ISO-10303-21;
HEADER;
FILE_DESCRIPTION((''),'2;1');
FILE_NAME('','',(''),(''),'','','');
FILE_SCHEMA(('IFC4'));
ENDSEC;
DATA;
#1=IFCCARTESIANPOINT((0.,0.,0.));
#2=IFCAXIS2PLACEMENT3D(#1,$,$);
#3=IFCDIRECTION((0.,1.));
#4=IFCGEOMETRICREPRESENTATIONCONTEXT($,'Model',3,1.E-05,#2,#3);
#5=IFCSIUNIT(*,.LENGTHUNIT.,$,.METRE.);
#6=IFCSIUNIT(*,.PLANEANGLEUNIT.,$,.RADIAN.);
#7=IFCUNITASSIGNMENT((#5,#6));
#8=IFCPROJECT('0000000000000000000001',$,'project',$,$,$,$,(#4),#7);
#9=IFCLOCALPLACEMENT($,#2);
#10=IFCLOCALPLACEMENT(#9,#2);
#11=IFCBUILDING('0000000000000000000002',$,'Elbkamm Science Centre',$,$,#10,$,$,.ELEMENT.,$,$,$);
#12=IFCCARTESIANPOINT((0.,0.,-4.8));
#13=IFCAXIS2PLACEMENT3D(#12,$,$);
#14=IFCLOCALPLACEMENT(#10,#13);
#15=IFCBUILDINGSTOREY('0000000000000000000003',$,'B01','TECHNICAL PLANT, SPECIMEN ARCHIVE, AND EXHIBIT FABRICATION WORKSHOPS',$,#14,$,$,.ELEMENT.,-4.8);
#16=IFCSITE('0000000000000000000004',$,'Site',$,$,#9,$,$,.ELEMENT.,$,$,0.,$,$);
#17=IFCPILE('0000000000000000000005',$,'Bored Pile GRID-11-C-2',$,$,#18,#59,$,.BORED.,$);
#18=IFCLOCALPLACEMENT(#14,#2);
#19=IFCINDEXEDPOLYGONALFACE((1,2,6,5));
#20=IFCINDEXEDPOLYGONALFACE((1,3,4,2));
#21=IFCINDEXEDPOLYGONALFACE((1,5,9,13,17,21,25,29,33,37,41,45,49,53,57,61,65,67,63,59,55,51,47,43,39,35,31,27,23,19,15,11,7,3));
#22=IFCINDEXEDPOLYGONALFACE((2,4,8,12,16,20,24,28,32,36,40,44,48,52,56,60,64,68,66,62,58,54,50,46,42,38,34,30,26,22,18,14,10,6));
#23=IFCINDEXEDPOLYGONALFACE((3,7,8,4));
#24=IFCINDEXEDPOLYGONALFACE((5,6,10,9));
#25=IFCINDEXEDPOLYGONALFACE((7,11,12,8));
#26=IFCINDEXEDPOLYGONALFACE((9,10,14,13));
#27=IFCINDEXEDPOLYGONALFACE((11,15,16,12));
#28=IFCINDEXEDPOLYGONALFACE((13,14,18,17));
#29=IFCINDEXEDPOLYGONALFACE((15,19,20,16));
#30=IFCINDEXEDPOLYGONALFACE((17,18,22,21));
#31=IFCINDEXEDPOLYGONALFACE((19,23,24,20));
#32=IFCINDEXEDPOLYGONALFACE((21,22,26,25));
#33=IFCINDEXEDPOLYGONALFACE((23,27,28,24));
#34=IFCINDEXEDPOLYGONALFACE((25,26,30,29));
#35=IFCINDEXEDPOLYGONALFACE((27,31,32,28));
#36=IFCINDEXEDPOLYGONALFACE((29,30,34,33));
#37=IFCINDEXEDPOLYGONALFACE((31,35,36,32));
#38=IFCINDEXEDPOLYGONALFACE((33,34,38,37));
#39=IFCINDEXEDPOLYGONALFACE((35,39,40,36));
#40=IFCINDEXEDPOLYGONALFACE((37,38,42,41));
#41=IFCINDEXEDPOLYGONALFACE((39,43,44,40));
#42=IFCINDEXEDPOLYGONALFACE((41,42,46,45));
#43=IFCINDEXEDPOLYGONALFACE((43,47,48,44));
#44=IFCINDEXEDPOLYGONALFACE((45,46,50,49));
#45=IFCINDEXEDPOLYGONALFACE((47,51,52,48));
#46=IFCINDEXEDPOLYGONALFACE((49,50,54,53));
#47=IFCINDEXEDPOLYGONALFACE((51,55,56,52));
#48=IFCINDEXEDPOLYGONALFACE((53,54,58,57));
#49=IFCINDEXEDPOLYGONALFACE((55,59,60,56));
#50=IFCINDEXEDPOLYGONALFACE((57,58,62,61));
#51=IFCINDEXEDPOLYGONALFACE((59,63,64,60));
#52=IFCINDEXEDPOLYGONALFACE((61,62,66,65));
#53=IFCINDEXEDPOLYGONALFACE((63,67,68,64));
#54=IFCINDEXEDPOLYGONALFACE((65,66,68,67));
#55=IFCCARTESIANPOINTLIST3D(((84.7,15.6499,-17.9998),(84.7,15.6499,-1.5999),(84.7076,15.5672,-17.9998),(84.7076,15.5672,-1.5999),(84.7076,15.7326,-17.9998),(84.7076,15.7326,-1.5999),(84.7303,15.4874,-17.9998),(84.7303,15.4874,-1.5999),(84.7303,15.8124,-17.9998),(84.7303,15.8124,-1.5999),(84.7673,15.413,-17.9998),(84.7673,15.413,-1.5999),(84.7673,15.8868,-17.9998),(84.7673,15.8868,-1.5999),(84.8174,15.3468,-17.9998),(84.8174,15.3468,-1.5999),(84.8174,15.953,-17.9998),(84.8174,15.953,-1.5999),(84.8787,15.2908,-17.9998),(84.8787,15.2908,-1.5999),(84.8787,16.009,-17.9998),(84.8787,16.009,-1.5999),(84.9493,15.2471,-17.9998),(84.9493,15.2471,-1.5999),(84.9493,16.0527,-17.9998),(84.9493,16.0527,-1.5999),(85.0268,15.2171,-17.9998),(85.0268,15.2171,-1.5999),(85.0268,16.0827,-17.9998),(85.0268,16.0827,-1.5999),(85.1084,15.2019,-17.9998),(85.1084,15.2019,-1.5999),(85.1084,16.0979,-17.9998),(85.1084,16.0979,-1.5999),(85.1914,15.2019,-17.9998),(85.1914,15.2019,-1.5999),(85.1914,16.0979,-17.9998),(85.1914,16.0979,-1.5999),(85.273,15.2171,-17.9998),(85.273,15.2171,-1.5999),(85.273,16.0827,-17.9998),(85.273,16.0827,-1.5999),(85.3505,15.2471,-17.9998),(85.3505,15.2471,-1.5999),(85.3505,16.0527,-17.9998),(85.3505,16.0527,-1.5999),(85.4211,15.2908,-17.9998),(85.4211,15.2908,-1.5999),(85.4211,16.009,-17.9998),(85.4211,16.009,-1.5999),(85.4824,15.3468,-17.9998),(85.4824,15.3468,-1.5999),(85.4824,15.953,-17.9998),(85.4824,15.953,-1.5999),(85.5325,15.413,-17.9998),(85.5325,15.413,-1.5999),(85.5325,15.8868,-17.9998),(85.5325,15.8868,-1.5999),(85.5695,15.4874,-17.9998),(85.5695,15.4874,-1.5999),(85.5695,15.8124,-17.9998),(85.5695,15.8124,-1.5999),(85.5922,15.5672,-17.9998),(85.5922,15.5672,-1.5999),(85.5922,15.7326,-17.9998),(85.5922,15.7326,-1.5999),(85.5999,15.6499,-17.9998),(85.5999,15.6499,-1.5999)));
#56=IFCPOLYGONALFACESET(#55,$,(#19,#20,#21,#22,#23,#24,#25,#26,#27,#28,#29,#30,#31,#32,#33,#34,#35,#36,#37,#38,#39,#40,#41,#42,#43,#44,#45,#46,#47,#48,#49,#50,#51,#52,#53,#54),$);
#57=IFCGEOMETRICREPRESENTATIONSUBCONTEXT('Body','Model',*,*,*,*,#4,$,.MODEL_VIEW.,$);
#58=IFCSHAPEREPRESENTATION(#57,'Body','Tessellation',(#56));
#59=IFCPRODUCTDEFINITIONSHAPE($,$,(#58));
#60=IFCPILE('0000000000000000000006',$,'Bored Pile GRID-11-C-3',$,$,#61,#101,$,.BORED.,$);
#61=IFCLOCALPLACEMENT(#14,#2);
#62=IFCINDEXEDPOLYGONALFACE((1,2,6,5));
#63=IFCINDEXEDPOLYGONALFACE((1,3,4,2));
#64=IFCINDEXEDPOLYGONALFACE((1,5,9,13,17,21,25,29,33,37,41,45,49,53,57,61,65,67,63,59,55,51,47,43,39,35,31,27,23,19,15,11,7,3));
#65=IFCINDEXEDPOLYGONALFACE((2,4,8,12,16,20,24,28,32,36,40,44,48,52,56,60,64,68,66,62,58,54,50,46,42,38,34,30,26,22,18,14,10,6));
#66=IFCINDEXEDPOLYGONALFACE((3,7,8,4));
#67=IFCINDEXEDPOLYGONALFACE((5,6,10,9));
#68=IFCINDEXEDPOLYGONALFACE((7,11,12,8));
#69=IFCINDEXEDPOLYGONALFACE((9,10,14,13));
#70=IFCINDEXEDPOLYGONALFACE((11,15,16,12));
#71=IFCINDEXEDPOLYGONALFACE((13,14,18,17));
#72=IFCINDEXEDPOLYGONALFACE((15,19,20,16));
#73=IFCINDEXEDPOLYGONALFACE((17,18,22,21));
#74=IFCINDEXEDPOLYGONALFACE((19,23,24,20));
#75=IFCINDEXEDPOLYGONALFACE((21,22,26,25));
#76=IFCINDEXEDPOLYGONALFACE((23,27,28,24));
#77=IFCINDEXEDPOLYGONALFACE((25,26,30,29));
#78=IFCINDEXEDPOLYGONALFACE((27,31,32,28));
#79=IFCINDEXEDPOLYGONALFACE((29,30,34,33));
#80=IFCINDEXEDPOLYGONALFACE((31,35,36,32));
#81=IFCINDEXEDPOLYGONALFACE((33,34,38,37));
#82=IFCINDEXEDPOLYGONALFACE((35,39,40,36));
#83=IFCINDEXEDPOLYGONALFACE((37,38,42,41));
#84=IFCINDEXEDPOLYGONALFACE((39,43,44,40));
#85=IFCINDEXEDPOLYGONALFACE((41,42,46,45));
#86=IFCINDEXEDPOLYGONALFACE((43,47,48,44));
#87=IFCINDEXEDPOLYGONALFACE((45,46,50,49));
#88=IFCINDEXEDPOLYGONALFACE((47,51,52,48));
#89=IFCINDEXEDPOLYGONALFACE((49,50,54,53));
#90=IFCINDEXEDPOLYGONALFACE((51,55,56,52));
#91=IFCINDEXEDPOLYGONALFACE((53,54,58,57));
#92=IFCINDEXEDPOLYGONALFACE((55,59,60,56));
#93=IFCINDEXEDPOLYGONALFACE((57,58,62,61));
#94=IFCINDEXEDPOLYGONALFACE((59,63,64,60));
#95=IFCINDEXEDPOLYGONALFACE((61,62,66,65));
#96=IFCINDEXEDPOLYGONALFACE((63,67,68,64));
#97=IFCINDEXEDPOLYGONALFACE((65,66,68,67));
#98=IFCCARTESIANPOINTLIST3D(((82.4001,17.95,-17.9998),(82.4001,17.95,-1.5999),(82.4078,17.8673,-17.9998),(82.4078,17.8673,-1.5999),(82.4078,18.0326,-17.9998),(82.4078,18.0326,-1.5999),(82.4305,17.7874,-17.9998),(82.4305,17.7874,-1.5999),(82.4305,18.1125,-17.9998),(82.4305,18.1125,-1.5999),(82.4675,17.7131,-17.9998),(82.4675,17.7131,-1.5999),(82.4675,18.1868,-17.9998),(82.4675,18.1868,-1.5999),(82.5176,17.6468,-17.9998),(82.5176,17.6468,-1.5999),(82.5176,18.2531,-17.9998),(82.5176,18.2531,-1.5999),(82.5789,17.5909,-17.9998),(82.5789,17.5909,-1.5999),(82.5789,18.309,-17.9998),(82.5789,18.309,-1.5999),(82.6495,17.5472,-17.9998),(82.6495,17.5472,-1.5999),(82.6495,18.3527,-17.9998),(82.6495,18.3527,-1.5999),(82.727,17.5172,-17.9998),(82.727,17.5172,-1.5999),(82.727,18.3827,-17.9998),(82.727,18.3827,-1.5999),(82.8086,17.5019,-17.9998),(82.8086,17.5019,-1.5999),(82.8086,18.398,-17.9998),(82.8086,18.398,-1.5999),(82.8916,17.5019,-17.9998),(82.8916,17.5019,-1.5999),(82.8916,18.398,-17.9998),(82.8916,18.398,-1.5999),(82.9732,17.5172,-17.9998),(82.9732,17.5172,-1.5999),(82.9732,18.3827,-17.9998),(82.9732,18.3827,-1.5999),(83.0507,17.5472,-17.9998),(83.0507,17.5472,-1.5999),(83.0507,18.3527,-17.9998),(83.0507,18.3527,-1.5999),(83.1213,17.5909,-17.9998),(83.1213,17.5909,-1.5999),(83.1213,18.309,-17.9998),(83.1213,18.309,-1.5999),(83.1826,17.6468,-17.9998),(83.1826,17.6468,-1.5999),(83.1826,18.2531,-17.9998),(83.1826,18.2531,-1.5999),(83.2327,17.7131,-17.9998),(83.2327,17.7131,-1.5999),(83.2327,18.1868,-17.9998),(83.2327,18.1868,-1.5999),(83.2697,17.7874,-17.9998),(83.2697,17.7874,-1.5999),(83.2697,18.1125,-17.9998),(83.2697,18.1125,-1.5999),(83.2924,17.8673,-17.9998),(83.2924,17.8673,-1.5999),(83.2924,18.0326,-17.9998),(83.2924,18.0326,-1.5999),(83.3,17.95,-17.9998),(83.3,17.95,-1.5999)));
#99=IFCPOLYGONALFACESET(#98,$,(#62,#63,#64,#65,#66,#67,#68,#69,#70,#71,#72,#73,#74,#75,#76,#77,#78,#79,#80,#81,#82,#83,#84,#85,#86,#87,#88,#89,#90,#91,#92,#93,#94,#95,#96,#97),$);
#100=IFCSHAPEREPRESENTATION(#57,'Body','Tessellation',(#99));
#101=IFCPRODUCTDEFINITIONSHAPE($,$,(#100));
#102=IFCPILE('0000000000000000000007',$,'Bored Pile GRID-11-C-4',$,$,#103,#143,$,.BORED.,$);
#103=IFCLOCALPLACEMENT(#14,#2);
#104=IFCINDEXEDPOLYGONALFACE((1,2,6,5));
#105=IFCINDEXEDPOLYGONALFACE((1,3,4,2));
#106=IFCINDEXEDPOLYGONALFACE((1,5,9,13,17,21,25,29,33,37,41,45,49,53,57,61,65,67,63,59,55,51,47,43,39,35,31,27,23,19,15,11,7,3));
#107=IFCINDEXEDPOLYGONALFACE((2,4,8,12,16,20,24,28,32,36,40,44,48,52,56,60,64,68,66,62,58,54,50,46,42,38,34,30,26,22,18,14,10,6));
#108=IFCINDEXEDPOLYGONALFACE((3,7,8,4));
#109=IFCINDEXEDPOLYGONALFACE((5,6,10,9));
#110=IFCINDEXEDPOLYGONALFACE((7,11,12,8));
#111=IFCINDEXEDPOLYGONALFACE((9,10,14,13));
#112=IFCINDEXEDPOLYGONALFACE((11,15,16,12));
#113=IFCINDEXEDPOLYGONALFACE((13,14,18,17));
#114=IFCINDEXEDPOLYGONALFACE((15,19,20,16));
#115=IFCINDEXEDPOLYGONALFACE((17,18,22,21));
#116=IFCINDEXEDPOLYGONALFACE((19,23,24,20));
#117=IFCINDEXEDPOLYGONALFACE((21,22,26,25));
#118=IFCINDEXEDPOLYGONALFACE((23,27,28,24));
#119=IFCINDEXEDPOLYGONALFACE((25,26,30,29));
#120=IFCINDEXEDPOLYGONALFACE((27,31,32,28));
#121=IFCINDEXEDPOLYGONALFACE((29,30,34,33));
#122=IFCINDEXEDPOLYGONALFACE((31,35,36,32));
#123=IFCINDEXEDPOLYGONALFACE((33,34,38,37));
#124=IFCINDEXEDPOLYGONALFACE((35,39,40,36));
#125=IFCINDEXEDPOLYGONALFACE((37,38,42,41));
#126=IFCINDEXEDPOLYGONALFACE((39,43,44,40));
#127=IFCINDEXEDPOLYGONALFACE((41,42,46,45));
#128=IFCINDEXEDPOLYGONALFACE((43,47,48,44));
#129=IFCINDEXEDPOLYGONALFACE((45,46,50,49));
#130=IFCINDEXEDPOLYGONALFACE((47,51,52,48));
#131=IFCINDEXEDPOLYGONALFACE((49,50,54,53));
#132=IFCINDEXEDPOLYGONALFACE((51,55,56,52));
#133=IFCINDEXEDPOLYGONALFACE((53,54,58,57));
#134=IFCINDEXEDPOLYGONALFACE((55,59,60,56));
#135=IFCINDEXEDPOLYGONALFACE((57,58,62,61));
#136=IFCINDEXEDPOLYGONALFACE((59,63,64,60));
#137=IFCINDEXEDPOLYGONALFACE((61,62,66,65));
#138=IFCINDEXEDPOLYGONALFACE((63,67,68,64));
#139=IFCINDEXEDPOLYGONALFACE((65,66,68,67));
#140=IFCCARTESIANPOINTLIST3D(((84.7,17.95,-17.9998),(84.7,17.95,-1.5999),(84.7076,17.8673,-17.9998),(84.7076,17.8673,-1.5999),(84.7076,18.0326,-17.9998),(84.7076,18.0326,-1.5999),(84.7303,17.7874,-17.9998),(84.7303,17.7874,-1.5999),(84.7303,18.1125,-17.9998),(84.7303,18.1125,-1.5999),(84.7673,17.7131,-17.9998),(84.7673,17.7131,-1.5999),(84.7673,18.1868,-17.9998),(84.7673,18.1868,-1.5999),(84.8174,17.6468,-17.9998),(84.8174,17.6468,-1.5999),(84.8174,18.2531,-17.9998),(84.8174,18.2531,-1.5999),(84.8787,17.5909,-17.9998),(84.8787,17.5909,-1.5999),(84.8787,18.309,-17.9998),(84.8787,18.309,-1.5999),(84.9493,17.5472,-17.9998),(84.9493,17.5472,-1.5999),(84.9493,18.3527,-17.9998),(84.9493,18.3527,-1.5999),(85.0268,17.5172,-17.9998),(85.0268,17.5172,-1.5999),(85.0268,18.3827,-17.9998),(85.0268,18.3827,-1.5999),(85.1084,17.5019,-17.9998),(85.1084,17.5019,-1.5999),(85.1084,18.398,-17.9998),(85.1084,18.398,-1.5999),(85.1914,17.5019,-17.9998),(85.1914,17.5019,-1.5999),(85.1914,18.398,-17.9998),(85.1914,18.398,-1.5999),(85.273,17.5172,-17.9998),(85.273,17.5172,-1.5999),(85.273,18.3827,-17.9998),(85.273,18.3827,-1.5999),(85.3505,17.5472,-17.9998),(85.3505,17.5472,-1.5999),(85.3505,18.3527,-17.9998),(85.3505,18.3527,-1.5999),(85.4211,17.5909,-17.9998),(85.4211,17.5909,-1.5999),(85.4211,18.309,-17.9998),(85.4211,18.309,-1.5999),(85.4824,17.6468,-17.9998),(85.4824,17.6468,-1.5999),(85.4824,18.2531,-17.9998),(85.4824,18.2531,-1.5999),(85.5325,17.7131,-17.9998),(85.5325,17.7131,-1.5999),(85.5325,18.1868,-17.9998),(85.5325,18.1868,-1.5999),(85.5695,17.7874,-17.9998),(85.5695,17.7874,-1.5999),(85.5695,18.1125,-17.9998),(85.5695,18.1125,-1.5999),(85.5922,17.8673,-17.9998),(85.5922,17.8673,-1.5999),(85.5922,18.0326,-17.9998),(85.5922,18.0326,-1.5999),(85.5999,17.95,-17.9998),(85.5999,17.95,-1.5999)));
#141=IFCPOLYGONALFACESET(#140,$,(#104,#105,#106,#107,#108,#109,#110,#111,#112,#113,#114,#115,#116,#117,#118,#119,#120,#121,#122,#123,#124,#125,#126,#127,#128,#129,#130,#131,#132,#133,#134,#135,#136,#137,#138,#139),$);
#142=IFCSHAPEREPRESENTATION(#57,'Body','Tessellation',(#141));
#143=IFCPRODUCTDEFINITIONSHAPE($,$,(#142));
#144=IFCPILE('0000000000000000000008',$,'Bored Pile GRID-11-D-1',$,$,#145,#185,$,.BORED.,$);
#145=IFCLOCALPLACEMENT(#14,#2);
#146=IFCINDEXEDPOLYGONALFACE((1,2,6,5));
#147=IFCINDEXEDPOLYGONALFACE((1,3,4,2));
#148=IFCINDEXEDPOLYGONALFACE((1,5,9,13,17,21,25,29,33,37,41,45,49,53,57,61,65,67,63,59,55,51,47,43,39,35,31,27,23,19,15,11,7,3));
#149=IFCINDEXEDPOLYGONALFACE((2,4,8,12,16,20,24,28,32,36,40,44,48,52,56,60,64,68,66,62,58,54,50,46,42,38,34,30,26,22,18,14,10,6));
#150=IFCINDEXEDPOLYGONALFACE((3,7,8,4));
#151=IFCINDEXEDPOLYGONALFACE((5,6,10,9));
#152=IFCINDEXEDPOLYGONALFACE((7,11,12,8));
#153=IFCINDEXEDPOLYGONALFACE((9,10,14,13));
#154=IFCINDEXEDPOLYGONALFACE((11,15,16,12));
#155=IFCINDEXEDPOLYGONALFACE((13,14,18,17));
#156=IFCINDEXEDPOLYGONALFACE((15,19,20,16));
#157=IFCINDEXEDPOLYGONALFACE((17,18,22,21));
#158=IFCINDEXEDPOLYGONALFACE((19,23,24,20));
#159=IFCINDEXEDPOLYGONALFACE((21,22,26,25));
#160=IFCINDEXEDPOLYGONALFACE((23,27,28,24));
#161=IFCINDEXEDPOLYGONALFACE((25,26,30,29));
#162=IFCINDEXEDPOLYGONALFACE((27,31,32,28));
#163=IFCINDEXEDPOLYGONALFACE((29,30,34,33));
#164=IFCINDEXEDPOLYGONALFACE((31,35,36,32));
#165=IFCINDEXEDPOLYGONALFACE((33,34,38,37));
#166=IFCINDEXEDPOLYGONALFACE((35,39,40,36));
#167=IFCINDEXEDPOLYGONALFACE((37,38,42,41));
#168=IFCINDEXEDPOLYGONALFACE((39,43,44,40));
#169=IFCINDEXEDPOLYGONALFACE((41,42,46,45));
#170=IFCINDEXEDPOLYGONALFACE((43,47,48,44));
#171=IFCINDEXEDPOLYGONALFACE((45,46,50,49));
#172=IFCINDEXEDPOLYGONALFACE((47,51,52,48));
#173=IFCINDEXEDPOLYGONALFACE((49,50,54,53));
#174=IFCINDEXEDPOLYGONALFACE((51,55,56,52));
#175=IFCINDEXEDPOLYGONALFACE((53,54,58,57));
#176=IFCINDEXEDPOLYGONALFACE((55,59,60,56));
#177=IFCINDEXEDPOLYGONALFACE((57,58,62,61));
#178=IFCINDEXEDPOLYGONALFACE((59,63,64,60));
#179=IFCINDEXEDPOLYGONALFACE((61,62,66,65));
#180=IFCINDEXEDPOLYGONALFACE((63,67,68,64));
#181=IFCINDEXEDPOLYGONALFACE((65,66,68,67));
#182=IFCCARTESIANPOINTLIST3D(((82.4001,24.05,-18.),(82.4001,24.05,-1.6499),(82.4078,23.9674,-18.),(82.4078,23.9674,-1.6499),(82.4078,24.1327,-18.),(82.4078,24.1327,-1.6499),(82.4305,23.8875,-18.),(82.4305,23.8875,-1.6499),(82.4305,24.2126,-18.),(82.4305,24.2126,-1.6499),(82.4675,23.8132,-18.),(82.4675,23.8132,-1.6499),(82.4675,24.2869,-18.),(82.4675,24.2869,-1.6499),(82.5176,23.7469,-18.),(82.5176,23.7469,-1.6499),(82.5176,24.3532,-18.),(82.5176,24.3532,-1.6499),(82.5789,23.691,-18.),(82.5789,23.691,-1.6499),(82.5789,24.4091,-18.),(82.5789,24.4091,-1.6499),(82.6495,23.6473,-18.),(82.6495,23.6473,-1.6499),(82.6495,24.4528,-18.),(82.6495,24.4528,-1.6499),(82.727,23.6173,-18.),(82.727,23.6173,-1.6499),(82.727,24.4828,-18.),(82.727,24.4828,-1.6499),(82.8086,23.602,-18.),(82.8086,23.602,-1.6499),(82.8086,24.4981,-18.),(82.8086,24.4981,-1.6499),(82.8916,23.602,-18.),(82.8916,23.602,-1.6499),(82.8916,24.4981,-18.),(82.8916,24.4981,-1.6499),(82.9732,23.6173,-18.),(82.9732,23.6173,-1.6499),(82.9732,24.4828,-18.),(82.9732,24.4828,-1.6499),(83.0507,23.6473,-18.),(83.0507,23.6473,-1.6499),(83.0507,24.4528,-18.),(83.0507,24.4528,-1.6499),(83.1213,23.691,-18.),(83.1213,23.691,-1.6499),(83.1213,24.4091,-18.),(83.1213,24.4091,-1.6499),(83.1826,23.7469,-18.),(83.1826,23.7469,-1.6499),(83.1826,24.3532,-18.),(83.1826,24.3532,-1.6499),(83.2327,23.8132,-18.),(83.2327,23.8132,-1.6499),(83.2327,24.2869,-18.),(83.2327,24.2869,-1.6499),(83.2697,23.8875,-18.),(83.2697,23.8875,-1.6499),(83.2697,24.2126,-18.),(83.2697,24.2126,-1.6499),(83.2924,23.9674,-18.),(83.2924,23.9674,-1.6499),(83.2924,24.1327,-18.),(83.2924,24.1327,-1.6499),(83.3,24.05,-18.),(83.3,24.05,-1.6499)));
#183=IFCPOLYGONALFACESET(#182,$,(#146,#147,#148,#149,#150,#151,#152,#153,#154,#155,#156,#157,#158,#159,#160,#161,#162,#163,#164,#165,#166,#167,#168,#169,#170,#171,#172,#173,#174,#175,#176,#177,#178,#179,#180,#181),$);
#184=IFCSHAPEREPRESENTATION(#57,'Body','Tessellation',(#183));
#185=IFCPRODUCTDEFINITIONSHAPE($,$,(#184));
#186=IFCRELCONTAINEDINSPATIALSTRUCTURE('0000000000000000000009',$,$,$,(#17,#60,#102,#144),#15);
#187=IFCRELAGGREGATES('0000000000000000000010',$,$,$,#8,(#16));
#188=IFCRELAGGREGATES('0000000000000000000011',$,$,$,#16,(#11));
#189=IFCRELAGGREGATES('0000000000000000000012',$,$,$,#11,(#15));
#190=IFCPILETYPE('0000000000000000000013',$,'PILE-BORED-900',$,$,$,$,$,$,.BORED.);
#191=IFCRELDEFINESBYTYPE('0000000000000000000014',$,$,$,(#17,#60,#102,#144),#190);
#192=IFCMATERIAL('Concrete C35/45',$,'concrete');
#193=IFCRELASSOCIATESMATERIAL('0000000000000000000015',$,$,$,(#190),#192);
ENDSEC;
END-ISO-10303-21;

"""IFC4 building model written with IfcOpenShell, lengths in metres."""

from ifc_helpers import new_model, si_unit, direction, frame, origin, origin_2d, place, context, subcontext, project, spatial, circle, extrude, material, material_profile, profile_set, type_object, element, save


model = new_model("IFC4")

# Units and contexts
model_context = context("Model", 3, precision=1e-05, world=origin(), true_north=direction((0.0, 1.0)))
body_context = subcontext(model_context, "Body", "Model", "MODEL_VIEW")
ifc_project = project(units=[si_unit("LENGTHUNIT", "METRE"), si_unit("PLANEANGLEUNIT", "RADIAN")], contexts=[model_context])

# Site, building, storey
site_placement = place(None, origin())
site = spatial("IfcSite", under=ifc_project, at=site_placement, Name="Site", CompositionType="ELEMENT", RefElevation=0.0)
building_placement = place(site_placement, origin())
building = spatial("IfcBuilding", under=site, at=building_placement, Name="Elbkamm Science Centre", CompositionType="ELEMENT")
storey_placement = place(building_placement, frame((0.0, 0.0, -4.8)))
storey = spatial("IfcBuildingStorey", under=building, at=storey_placement, Name="B01", Description="TECHNICAL PLANT, SPECIMEN ARCHIVE, AND EXHIBIT FABRICATION WORKSHOPS", CompositionType="ELEMENT", Elevation=-4.8)

# Shared definitions
ifc_material_1 = material(Name="Concrete C35/45", Category="concrete")

# Piles
ifc_material_profile_1 = material_profile(ifc_material_1, circle(Radius=0.45, at=origin_2d()), Name="PILE D900")
ifc_profile_set_1 = profile_set([ifc_material_profile_1], Name="Concrete C35/45")
pile_type = type_object("IfcPileType", Name="PILE-BORED-900", PredefinedType="BORED", material=ifc_profile_set_1)
for number, where, z_axis, x_axis, name in (
    (1, (85.1499, 15.6499, -1.5999), (0.0, 0.0, -1.0), (1.0, 0.0, 0.0), "Bored Pile GRID-11-C-2"),
    (2, (82.8501, 17.95, -1.5999), (0.0, 0.0, -1.0), (1.0, 0.0, 0.0), "Bored Pile GRID-11-C-3"),
    (3, (85.1499, 17.95, -1.5999), (0.0, 0.0, -1.0), (1.0, 0.0, 0.0), "Bored Pile GRID-11-C-4"),
):
    element("IfcPile", number, at=place(storey_placement, frame(where, z_axis=z_axis, x_axis=x_axis)), inside=storey, type_object=pile_type, Name=name, PredefinedType="BORED", context=body_context, shape_type="SweptSolid", body=[
        extrude(circle(Radius=0.45, at=origin_2d()), origin(), (0.0, 0.0, 1.0), 16.3999),
    ])
for number, where, z_axis, x_axis, name in (
    (4, (82.8501, 24.05, -1.6499), (0.0, 0.0, -1.0), (1.0, 0.0, 0.0), "Bored Pile GRID-11-D-1"),
):
    element("IfcPile", number, at=place(storey_placement, frame(where, z_axis=z_axis, x_axis=x_axis)), inside=storey, type_object=pile_type, Name=name, PredefinedType="BORED", context=body_context, shape_type="SweptSolid", body=[
        extrude(circle(Radius=0.45, at=origin_2d()), origin(), (0.0, 0.0, 1.0), 16.3501),
    ])

save(model, "model.ifc")
